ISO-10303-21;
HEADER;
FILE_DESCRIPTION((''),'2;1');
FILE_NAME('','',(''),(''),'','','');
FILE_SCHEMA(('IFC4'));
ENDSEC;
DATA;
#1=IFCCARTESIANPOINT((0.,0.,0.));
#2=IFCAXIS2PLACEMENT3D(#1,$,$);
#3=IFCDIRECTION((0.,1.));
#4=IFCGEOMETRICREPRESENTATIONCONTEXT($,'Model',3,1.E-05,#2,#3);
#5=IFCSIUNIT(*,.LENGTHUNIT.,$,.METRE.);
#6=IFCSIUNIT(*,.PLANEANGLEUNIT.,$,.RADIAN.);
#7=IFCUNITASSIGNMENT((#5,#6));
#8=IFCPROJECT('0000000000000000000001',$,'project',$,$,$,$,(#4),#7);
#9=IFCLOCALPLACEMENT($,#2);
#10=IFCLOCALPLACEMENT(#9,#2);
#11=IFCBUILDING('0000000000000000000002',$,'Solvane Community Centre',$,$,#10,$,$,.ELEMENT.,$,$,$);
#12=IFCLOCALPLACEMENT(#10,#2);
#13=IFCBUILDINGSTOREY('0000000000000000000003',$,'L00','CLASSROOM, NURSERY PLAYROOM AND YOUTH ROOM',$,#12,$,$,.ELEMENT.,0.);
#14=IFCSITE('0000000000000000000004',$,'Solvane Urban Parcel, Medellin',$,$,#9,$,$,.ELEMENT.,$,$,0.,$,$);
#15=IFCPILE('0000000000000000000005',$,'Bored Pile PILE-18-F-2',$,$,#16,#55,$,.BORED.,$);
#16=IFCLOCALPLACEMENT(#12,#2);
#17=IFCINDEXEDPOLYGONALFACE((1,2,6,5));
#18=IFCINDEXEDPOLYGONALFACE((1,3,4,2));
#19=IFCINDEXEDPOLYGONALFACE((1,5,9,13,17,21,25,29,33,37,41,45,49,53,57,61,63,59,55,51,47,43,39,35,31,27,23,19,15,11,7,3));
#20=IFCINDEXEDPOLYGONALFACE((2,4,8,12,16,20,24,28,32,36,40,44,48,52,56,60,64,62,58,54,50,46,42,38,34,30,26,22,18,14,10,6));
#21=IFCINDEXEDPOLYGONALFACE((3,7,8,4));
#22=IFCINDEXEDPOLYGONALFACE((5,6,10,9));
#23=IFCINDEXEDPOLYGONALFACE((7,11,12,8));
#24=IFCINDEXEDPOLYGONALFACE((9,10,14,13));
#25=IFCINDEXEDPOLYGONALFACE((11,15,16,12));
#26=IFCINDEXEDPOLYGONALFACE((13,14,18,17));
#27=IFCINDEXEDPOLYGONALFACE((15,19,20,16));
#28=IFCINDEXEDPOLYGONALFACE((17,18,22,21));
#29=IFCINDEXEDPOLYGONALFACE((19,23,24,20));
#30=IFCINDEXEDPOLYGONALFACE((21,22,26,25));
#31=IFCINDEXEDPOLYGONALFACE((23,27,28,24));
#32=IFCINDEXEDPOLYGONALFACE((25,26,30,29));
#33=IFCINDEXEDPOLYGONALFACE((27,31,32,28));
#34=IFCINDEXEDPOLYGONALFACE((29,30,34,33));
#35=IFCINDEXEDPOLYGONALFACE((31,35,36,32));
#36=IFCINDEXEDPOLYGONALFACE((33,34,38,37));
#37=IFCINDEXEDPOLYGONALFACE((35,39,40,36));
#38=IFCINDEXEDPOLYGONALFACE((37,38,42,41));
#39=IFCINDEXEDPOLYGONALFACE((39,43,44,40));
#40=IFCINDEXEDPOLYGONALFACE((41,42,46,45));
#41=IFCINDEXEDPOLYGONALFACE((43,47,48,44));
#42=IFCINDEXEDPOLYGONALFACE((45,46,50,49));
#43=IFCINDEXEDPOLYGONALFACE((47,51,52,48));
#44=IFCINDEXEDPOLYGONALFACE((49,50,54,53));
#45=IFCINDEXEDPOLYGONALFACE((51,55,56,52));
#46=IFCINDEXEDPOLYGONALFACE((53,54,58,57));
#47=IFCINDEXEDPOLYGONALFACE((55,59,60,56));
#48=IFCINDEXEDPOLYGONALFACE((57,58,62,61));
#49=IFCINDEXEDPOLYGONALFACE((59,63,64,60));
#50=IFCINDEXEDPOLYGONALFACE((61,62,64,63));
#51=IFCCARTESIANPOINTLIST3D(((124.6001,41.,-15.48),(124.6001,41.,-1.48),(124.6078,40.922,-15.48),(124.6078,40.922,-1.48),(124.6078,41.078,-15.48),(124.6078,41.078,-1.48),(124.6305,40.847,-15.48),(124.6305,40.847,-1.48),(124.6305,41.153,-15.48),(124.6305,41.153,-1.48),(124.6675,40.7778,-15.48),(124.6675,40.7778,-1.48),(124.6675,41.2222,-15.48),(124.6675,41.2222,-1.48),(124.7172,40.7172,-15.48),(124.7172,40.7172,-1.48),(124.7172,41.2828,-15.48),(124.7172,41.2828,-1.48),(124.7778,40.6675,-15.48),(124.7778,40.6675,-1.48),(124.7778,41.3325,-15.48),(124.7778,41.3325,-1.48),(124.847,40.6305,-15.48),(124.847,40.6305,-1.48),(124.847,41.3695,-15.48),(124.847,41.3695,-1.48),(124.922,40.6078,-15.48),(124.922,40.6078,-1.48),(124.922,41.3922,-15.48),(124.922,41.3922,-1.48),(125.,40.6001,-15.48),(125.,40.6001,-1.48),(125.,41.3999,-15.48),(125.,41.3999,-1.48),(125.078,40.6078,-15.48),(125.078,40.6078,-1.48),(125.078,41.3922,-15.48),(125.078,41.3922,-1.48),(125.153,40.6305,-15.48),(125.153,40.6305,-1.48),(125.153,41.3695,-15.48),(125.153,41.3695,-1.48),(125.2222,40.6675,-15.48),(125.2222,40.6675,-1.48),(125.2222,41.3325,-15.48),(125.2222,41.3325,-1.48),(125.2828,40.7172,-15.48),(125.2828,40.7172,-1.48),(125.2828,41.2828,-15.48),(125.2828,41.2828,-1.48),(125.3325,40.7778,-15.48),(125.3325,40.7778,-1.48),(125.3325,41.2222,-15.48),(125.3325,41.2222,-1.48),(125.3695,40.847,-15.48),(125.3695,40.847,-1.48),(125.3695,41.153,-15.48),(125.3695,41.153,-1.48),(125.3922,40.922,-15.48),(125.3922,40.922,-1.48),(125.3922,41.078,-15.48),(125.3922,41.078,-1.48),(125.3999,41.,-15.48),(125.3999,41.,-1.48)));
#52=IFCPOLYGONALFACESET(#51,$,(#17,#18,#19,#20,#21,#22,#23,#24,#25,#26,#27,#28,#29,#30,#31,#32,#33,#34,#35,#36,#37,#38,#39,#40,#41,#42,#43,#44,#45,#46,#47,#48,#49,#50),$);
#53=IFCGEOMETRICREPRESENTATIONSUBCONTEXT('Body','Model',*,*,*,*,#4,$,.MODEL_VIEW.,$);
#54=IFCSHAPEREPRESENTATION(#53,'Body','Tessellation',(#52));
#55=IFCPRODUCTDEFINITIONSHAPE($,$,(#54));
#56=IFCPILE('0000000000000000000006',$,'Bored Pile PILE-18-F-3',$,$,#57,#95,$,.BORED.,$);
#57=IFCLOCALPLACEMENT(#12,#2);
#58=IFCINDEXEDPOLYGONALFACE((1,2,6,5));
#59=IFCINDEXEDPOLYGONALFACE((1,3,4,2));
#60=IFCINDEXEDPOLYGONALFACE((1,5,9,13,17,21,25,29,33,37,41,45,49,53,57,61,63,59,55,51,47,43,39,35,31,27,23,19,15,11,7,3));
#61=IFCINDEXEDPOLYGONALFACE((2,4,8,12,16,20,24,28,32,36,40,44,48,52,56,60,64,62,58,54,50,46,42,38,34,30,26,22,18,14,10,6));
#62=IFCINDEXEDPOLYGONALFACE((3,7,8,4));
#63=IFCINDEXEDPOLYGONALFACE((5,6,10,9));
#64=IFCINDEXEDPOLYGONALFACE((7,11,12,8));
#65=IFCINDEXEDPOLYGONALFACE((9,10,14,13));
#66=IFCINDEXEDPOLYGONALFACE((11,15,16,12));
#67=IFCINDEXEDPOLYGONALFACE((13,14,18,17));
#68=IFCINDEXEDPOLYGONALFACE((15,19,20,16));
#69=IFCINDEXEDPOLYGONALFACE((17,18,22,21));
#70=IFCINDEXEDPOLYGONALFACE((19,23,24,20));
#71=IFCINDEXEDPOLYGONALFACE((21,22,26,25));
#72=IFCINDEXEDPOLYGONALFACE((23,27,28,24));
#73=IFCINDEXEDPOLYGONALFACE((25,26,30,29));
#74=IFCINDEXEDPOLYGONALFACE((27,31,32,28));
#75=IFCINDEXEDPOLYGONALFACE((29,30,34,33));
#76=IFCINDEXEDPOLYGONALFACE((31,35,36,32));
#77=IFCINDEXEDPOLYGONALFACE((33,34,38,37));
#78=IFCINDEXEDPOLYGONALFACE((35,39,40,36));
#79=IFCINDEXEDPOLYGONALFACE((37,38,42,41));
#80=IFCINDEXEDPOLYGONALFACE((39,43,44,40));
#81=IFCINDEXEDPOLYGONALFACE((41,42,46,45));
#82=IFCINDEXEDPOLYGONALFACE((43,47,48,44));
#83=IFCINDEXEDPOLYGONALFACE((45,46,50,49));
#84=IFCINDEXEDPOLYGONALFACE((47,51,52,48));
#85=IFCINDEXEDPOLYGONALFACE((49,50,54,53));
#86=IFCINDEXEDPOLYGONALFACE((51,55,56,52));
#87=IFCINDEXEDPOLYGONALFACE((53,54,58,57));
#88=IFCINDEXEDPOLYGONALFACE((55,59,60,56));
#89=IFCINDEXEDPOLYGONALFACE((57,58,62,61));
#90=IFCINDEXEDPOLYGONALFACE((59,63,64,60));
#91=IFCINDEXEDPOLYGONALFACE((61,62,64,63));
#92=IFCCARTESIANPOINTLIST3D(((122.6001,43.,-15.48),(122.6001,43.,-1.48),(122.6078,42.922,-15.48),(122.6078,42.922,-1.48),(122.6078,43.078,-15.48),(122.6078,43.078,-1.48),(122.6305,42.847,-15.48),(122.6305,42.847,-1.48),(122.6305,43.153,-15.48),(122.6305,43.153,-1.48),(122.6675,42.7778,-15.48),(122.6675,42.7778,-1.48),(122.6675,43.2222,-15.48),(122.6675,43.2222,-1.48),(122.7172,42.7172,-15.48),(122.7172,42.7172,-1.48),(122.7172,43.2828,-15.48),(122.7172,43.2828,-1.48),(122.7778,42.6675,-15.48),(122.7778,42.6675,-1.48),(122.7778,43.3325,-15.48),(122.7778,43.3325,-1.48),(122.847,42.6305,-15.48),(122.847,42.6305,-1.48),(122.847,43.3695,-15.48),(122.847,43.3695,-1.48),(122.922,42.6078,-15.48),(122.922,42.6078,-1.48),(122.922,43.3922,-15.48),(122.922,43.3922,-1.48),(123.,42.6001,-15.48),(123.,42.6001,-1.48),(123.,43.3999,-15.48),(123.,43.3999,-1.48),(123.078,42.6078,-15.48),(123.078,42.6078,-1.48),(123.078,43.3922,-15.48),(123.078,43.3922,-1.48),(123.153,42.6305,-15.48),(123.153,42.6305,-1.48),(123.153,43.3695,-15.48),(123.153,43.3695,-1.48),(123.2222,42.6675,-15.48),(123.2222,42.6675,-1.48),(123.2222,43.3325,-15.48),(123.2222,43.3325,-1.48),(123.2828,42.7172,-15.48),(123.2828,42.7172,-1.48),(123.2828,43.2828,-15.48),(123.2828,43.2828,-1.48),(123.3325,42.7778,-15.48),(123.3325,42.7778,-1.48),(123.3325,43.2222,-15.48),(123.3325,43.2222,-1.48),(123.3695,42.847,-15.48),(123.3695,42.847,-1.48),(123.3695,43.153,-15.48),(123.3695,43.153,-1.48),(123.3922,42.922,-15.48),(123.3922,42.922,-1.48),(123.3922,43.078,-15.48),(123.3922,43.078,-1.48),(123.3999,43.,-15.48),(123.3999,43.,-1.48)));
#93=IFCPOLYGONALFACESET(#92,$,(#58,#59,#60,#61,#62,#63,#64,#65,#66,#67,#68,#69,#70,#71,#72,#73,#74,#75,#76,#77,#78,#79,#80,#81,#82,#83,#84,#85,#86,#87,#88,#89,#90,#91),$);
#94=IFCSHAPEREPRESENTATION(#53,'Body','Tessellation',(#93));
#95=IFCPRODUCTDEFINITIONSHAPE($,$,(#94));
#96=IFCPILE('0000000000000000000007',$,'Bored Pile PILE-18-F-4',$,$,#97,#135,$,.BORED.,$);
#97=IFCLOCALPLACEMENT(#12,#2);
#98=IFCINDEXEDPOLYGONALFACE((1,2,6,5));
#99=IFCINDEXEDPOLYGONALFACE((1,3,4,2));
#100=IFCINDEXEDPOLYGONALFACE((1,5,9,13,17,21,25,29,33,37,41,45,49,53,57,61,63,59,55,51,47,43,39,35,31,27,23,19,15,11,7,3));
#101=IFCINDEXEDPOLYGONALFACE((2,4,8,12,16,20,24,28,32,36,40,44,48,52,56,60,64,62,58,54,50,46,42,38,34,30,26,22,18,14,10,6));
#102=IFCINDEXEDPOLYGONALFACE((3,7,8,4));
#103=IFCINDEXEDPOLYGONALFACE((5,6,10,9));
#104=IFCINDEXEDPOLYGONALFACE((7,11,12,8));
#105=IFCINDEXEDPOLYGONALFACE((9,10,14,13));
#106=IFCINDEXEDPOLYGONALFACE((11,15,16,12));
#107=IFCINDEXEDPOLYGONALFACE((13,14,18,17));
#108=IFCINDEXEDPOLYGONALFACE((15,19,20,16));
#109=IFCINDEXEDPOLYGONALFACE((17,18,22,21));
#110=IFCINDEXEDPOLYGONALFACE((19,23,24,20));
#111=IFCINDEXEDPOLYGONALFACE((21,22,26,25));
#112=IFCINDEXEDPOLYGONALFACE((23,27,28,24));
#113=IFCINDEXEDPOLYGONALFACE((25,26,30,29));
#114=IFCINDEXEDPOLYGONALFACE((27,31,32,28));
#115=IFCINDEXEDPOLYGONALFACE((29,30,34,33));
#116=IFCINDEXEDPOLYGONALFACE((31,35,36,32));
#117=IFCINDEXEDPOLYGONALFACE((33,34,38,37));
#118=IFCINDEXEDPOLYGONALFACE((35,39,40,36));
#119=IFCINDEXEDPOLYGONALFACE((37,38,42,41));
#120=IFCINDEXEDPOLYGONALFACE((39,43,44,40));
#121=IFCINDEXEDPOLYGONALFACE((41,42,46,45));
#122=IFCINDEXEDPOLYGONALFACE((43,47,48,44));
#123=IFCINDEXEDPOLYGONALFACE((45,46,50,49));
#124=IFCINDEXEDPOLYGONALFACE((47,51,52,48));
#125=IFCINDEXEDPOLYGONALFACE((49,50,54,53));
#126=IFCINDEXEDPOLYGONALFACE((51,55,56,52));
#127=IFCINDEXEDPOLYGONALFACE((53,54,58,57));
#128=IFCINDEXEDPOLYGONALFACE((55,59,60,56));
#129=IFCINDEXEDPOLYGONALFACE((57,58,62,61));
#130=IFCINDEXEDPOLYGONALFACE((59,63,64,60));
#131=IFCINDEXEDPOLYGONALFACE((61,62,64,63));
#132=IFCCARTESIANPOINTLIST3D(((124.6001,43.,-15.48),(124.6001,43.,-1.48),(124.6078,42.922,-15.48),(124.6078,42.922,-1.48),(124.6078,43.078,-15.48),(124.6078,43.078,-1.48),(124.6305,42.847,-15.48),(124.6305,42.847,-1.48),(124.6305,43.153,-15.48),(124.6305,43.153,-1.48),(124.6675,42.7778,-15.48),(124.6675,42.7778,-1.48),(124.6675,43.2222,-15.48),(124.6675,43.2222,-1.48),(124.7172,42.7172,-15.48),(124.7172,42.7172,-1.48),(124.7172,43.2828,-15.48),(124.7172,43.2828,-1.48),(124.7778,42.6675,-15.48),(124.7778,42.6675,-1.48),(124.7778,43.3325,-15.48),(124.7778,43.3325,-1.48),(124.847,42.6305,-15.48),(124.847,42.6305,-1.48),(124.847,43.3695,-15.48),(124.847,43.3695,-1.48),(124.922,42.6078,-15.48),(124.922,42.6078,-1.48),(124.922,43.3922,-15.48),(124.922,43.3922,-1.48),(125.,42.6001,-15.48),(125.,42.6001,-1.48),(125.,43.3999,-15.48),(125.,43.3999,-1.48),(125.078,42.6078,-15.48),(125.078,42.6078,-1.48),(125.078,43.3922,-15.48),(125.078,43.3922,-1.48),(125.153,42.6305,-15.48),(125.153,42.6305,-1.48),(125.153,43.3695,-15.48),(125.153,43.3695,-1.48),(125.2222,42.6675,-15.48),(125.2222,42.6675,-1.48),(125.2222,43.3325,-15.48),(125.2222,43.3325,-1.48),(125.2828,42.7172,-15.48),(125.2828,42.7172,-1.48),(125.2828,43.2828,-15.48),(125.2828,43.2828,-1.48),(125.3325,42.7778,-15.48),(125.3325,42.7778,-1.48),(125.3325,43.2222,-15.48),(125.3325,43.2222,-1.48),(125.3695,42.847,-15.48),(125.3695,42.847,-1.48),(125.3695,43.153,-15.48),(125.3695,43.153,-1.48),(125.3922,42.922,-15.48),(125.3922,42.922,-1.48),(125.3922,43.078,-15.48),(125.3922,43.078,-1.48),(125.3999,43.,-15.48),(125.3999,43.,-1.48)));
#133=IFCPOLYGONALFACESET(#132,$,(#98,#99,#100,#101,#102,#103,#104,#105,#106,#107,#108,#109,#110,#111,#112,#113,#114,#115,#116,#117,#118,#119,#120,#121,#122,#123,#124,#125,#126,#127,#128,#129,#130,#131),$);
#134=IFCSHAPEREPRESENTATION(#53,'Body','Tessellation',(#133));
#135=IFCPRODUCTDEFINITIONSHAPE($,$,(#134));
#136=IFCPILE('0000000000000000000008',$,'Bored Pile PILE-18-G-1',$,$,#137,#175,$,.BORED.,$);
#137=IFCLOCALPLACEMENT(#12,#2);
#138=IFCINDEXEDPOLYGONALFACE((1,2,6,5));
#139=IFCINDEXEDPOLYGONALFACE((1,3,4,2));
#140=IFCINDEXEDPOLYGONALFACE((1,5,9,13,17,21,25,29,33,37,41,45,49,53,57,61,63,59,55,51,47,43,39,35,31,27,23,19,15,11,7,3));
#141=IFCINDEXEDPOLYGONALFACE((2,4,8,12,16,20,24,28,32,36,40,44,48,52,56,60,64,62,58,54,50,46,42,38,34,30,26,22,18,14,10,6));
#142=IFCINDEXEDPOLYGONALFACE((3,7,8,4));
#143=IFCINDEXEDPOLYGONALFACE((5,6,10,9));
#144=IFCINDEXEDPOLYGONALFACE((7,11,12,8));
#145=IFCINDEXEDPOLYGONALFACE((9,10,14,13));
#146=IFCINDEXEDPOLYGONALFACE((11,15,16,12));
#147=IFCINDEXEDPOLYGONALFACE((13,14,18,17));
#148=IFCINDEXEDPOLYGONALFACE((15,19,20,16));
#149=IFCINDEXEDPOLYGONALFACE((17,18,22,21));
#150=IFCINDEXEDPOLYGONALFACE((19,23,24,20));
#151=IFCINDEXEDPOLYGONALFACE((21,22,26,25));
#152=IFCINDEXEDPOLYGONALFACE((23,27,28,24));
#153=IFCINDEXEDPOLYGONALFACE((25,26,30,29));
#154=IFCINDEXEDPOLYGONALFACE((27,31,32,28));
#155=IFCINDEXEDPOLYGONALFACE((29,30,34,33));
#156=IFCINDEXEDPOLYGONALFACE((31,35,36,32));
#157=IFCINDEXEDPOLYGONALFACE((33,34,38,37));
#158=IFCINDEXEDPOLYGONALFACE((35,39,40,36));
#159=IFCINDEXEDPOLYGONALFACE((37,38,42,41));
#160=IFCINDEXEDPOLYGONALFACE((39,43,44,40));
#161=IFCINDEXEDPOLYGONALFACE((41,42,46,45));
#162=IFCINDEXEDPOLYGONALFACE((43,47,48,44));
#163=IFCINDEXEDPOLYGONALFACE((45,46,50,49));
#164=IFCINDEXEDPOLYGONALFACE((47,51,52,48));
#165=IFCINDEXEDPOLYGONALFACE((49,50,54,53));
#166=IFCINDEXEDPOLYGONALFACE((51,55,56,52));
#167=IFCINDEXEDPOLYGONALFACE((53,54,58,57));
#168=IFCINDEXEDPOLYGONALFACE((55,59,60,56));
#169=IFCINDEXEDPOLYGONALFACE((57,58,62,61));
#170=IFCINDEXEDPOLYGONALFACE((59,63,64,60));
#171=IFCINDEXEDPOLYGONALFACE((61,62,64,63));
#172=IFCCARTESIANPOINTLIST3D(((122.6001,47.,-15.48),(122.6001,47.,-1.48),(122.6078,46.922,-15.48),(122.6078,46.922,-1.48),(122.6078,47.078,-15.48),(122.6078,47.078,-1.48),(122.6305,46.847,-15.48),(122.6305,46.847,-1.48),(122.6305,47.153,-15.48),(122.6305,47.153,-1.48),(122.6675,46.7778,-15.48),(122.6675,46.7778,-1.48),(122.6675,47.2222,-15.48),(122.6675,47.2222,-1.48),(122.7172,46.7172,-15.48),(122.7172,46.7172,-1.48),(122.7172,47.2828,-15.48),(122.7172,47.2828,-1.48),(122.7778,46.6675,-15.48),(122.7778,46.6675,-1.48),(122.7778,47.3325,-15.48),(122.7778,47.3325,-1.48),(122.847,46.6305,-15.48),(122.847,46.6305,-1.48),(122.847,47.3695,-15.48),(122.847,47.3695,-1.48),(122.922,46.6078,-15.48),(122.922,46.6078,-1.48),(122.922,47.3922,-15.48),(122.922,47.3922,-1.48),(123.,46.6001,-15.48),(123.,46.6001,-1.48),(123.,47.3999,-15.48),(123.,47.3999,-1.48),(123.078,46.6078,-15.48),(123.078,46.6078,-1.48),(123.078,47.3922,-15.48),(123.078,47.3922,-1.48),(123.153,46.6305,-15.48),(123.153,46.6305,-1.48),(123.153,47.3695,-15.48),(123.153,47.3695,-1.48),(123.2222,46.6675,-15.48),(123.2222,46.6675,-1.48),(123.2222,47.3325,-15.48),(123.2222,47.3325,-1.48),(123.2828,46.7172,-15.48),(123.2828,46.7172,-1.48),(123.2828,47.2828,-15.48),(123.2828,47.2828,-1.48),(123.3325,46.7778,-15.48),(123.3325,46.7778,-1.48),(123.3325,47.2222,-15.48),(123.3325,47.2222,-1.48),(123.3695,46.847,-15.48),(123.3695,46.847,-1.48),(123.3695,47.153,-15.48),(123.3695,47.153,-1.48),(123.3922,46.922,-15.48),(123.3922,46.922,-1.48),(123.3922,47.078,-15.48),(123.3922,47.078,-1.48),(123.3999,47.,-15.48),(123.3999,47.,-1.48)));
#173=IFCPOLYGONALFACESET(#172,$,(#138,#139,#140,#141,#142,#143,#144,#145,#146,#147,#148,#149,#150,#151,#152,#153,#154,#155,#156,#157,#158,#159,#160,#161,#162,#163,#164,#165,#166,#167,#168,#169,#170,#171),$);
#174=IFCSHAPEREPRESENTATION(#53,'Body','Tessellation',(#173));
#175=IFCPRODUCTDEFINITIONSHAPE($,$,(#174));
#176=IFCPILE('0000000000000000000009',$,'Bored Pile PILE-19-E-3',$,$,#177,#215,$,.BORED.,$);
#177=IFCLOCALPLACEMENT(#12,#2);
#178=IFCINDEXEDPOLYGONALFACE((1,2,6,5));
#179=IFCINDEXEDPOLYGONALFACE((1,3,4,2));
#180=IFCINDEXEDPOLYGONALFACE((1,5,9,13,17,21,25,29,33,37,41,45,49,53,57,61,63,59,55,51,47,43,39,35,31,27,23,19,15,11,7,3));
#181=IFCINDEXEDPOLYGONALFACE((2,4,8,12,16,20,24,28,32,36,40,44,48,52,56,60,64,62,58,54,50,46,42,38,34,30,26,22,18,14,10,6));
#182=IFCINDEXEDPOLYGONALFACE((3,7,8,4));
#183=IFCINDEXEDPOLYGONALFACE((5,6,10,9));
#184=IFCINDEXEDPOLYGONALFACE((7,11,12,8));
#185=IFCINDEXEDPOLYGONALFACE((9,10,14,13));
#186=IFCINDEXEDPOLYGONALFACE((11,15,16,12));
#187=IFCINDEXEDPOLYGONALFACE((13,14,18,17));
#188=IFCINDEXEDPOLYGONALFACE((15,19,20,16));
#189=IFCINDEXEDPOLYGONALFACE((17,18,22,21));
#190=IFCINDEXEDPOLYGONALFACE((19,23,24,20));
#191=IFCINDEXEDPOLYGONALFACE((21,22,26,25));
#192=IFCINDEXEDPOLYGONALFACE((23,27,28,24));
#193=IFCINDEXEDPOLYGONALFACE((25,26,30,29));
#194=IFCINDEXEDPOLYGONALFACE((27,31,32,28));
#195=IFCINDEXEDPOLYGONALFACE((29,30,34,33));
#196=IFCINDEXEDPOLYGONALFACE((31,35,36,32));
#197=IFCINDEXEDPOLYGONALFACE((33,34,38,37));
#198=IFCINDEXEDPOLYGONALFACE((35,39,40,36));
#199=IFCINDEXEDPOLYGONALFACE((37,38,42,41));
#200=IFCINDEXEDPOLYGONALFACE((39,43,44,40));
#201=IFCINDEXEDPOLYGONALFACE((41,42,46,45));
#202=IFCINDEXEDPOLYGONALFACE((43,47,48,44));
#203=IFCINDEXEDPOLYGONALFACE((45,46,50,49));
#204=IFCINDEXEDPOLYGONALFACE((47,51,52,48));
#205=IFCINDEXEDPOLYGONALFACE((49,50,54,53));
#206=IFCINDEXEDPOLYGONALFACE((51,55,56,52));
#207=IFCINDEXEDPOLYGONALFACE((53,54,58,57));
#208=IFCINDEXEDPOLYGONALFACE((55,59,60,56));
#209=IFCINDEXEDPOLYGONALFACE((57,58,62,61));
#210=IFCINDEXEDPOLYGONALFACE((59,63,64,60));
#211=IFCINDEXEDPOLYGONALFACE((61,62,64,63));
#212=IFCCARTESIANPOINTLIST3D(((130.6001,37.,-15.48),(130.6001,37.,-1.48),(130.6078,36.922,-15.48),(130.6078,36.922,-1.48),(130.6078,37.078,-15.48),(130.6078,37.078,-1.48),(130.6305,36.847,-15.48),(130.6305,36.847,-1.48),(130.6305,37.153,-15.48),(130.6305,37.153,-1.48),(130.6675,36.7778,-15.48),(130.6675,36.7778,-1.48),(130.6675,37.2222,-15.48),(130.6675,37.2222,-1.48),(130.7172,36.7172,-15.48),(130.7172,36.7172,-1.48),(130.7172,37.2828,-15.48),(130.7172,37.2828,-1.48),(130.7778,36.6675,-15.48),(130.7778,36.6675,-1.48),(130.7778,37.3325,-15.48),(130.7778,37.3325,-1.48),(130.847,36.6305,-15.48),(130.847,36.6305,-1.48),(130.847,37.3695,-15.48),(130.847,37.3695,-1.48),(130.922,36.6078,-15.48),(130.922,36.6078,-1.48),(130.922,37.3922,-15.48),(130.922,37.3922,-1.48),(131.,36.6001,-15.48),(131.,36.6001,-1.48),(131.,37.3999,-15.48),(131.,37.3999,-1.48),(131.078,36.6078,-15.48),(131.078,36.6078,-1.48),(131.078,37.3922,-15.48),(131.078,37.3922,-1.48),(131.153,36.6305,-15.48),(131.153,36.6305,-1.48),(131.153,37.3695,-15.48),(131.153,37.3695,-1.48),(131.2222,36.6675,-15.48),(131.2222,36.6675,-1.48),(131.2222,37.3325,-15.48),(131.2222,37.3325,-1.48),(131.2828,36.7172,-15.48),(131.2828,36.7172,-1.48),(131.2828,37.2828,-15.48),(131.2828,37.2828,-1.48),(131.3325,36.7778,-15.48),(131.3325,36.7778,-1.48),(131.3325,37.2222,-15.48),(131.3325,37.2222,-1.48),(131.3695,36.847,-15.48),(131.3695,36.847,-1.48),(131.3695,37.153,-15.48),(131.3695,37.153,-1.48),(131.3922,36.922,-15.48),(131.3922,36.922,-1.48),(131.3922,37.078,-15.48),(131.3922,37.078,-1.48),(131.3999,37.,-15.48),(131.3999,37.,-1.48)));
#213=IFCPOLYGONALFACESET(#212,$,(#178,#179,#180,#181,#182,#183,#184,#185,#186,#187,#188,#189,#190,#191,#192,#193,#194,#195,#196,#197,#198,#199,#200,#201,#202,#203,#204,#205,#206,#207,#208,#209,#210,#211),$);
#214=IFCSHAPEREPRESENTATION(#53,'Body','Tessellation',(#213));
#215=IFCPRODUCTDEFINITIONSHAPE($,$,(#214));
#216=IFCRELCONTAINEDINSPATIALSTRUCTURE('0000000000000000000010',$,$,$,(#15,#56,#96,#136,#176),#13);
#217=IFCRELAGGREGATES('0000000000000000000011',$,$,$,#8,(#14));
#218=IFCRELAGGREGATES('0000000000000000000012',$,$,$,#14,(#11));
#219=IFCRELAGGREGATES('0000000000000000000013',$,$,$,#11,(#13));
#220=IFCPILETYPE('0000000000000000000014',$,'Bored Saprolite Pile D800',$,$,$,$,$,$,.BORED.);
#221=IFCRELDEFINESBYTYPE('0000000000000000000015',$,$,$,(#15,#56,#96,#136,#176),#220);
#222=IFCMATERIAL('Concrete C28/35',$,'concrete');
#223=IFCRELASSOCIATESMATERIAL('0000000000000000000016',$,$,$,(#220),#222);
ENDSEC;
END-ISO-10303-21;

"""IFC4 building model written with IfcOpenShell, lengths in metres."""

from ifc_helpers import new_model, si_unit, direction, frame, origin, origin_2d, place, context, subcontext, project, spatial, circle, extrude, material, material_profile, profile_set, type_object, element, save


model = new_model("IFC4")

# Units and contexts
model_context = context("Model", 3, precision=1e-05, world=origin(), true_north=direction((0.0, 1.0)))
body_context = subcontext(model_context, "Body", "Model", "MODEL_VIEW")
ifc_project = project(units=[si_unit("LENGTHUNIT", "METRE"), si_unit("PLANEANGLEUNIT", "RADIAN")], contexts=[model_context])

# Site, building, storey
site_placement = place(None, origin())
site = spatial("IfcSite", under=ifc_project, at=site_placement, Name="Solvane Urban Parcel, Medellin", CompositionType="ELEMENT", RefElevation=0.0)
building_placement = place(site_placement, origin())
building = spatial("IfcBuilding", under=site, at=building_placement, Name="Solvane Community Centre", CompositionType="ELEMENT")
storey_placement = place(building_placement, origin())
storey = spatial("IfcBuildingStorey", under=building, at=storey_placement, Name="L00", Description="CLASSROOM, NURSERY PLAYROOM AND YOUTH ROOM", CompositionType="ELEMENT", Elevation=0.0)

# Piles
ifc_material_1 = material(Name="Concrete C28/35", Category="concrete")
ifc_material_profile_1 = material_profile(ifc_material_1, circle(Radius=0.3999, at=origin_2d()), Name="PILE D800")
ifc_profile_set_1 = profile_set([ifc_material_profile_1], Name="Concrete C28/35")
pile_type = type_object("IfcPileType", Name="Bored Saprolite Pile D800", PredefinedType="BORED", material=ifc_profile_set_1)
for number, where, z_axis, x_axis, name in (
    (1, (125.0, 41.0, -1.48), (0.0, 0.0, -1.0), (1.0, 0.0, 0.0), "Bored Pile PILE-18-F-2"),
    (2, (123.0, 43.0, -1.48), (0.0, 0.0, -1.0), (1.0, 0.0, 0.0), "Bored Pile PILE-18-F-3"),
    (3, (125.0, 43.0, -1.48), (0.0, 0.0, -1.0), (1.0, 0.0, 0.0), "Bored Pile PILE-18-F-4"),
    (4, (123.0, 47.0, -1.48), (0.0, 0.0, -1.0), (1.0, 0.0, 0.0), "Bored Pile PILE-18-G-1"),
    (5, (131.0, 37.0, -1.48), (0.0, 0.0, -1.0), (1.0, 0.0, 0.0), "Bored Pile PILE-19-E-3"),
):
    element("IfcPile", number, at=place(storey_placement, frame(where, z_axis=z_axis, x_axis=x_axis)), inside=storey, type_object=pile_type, Name=name, PredefinedType="BORED", context=body_context, shape_type="SweptSolid", body=[
        extrude(circle(Radius=0.3999, at=origin_2d()), origin(), (0.0, 0.0, 1.0), 14.0),
    ])

save(model, "model.ifc")
